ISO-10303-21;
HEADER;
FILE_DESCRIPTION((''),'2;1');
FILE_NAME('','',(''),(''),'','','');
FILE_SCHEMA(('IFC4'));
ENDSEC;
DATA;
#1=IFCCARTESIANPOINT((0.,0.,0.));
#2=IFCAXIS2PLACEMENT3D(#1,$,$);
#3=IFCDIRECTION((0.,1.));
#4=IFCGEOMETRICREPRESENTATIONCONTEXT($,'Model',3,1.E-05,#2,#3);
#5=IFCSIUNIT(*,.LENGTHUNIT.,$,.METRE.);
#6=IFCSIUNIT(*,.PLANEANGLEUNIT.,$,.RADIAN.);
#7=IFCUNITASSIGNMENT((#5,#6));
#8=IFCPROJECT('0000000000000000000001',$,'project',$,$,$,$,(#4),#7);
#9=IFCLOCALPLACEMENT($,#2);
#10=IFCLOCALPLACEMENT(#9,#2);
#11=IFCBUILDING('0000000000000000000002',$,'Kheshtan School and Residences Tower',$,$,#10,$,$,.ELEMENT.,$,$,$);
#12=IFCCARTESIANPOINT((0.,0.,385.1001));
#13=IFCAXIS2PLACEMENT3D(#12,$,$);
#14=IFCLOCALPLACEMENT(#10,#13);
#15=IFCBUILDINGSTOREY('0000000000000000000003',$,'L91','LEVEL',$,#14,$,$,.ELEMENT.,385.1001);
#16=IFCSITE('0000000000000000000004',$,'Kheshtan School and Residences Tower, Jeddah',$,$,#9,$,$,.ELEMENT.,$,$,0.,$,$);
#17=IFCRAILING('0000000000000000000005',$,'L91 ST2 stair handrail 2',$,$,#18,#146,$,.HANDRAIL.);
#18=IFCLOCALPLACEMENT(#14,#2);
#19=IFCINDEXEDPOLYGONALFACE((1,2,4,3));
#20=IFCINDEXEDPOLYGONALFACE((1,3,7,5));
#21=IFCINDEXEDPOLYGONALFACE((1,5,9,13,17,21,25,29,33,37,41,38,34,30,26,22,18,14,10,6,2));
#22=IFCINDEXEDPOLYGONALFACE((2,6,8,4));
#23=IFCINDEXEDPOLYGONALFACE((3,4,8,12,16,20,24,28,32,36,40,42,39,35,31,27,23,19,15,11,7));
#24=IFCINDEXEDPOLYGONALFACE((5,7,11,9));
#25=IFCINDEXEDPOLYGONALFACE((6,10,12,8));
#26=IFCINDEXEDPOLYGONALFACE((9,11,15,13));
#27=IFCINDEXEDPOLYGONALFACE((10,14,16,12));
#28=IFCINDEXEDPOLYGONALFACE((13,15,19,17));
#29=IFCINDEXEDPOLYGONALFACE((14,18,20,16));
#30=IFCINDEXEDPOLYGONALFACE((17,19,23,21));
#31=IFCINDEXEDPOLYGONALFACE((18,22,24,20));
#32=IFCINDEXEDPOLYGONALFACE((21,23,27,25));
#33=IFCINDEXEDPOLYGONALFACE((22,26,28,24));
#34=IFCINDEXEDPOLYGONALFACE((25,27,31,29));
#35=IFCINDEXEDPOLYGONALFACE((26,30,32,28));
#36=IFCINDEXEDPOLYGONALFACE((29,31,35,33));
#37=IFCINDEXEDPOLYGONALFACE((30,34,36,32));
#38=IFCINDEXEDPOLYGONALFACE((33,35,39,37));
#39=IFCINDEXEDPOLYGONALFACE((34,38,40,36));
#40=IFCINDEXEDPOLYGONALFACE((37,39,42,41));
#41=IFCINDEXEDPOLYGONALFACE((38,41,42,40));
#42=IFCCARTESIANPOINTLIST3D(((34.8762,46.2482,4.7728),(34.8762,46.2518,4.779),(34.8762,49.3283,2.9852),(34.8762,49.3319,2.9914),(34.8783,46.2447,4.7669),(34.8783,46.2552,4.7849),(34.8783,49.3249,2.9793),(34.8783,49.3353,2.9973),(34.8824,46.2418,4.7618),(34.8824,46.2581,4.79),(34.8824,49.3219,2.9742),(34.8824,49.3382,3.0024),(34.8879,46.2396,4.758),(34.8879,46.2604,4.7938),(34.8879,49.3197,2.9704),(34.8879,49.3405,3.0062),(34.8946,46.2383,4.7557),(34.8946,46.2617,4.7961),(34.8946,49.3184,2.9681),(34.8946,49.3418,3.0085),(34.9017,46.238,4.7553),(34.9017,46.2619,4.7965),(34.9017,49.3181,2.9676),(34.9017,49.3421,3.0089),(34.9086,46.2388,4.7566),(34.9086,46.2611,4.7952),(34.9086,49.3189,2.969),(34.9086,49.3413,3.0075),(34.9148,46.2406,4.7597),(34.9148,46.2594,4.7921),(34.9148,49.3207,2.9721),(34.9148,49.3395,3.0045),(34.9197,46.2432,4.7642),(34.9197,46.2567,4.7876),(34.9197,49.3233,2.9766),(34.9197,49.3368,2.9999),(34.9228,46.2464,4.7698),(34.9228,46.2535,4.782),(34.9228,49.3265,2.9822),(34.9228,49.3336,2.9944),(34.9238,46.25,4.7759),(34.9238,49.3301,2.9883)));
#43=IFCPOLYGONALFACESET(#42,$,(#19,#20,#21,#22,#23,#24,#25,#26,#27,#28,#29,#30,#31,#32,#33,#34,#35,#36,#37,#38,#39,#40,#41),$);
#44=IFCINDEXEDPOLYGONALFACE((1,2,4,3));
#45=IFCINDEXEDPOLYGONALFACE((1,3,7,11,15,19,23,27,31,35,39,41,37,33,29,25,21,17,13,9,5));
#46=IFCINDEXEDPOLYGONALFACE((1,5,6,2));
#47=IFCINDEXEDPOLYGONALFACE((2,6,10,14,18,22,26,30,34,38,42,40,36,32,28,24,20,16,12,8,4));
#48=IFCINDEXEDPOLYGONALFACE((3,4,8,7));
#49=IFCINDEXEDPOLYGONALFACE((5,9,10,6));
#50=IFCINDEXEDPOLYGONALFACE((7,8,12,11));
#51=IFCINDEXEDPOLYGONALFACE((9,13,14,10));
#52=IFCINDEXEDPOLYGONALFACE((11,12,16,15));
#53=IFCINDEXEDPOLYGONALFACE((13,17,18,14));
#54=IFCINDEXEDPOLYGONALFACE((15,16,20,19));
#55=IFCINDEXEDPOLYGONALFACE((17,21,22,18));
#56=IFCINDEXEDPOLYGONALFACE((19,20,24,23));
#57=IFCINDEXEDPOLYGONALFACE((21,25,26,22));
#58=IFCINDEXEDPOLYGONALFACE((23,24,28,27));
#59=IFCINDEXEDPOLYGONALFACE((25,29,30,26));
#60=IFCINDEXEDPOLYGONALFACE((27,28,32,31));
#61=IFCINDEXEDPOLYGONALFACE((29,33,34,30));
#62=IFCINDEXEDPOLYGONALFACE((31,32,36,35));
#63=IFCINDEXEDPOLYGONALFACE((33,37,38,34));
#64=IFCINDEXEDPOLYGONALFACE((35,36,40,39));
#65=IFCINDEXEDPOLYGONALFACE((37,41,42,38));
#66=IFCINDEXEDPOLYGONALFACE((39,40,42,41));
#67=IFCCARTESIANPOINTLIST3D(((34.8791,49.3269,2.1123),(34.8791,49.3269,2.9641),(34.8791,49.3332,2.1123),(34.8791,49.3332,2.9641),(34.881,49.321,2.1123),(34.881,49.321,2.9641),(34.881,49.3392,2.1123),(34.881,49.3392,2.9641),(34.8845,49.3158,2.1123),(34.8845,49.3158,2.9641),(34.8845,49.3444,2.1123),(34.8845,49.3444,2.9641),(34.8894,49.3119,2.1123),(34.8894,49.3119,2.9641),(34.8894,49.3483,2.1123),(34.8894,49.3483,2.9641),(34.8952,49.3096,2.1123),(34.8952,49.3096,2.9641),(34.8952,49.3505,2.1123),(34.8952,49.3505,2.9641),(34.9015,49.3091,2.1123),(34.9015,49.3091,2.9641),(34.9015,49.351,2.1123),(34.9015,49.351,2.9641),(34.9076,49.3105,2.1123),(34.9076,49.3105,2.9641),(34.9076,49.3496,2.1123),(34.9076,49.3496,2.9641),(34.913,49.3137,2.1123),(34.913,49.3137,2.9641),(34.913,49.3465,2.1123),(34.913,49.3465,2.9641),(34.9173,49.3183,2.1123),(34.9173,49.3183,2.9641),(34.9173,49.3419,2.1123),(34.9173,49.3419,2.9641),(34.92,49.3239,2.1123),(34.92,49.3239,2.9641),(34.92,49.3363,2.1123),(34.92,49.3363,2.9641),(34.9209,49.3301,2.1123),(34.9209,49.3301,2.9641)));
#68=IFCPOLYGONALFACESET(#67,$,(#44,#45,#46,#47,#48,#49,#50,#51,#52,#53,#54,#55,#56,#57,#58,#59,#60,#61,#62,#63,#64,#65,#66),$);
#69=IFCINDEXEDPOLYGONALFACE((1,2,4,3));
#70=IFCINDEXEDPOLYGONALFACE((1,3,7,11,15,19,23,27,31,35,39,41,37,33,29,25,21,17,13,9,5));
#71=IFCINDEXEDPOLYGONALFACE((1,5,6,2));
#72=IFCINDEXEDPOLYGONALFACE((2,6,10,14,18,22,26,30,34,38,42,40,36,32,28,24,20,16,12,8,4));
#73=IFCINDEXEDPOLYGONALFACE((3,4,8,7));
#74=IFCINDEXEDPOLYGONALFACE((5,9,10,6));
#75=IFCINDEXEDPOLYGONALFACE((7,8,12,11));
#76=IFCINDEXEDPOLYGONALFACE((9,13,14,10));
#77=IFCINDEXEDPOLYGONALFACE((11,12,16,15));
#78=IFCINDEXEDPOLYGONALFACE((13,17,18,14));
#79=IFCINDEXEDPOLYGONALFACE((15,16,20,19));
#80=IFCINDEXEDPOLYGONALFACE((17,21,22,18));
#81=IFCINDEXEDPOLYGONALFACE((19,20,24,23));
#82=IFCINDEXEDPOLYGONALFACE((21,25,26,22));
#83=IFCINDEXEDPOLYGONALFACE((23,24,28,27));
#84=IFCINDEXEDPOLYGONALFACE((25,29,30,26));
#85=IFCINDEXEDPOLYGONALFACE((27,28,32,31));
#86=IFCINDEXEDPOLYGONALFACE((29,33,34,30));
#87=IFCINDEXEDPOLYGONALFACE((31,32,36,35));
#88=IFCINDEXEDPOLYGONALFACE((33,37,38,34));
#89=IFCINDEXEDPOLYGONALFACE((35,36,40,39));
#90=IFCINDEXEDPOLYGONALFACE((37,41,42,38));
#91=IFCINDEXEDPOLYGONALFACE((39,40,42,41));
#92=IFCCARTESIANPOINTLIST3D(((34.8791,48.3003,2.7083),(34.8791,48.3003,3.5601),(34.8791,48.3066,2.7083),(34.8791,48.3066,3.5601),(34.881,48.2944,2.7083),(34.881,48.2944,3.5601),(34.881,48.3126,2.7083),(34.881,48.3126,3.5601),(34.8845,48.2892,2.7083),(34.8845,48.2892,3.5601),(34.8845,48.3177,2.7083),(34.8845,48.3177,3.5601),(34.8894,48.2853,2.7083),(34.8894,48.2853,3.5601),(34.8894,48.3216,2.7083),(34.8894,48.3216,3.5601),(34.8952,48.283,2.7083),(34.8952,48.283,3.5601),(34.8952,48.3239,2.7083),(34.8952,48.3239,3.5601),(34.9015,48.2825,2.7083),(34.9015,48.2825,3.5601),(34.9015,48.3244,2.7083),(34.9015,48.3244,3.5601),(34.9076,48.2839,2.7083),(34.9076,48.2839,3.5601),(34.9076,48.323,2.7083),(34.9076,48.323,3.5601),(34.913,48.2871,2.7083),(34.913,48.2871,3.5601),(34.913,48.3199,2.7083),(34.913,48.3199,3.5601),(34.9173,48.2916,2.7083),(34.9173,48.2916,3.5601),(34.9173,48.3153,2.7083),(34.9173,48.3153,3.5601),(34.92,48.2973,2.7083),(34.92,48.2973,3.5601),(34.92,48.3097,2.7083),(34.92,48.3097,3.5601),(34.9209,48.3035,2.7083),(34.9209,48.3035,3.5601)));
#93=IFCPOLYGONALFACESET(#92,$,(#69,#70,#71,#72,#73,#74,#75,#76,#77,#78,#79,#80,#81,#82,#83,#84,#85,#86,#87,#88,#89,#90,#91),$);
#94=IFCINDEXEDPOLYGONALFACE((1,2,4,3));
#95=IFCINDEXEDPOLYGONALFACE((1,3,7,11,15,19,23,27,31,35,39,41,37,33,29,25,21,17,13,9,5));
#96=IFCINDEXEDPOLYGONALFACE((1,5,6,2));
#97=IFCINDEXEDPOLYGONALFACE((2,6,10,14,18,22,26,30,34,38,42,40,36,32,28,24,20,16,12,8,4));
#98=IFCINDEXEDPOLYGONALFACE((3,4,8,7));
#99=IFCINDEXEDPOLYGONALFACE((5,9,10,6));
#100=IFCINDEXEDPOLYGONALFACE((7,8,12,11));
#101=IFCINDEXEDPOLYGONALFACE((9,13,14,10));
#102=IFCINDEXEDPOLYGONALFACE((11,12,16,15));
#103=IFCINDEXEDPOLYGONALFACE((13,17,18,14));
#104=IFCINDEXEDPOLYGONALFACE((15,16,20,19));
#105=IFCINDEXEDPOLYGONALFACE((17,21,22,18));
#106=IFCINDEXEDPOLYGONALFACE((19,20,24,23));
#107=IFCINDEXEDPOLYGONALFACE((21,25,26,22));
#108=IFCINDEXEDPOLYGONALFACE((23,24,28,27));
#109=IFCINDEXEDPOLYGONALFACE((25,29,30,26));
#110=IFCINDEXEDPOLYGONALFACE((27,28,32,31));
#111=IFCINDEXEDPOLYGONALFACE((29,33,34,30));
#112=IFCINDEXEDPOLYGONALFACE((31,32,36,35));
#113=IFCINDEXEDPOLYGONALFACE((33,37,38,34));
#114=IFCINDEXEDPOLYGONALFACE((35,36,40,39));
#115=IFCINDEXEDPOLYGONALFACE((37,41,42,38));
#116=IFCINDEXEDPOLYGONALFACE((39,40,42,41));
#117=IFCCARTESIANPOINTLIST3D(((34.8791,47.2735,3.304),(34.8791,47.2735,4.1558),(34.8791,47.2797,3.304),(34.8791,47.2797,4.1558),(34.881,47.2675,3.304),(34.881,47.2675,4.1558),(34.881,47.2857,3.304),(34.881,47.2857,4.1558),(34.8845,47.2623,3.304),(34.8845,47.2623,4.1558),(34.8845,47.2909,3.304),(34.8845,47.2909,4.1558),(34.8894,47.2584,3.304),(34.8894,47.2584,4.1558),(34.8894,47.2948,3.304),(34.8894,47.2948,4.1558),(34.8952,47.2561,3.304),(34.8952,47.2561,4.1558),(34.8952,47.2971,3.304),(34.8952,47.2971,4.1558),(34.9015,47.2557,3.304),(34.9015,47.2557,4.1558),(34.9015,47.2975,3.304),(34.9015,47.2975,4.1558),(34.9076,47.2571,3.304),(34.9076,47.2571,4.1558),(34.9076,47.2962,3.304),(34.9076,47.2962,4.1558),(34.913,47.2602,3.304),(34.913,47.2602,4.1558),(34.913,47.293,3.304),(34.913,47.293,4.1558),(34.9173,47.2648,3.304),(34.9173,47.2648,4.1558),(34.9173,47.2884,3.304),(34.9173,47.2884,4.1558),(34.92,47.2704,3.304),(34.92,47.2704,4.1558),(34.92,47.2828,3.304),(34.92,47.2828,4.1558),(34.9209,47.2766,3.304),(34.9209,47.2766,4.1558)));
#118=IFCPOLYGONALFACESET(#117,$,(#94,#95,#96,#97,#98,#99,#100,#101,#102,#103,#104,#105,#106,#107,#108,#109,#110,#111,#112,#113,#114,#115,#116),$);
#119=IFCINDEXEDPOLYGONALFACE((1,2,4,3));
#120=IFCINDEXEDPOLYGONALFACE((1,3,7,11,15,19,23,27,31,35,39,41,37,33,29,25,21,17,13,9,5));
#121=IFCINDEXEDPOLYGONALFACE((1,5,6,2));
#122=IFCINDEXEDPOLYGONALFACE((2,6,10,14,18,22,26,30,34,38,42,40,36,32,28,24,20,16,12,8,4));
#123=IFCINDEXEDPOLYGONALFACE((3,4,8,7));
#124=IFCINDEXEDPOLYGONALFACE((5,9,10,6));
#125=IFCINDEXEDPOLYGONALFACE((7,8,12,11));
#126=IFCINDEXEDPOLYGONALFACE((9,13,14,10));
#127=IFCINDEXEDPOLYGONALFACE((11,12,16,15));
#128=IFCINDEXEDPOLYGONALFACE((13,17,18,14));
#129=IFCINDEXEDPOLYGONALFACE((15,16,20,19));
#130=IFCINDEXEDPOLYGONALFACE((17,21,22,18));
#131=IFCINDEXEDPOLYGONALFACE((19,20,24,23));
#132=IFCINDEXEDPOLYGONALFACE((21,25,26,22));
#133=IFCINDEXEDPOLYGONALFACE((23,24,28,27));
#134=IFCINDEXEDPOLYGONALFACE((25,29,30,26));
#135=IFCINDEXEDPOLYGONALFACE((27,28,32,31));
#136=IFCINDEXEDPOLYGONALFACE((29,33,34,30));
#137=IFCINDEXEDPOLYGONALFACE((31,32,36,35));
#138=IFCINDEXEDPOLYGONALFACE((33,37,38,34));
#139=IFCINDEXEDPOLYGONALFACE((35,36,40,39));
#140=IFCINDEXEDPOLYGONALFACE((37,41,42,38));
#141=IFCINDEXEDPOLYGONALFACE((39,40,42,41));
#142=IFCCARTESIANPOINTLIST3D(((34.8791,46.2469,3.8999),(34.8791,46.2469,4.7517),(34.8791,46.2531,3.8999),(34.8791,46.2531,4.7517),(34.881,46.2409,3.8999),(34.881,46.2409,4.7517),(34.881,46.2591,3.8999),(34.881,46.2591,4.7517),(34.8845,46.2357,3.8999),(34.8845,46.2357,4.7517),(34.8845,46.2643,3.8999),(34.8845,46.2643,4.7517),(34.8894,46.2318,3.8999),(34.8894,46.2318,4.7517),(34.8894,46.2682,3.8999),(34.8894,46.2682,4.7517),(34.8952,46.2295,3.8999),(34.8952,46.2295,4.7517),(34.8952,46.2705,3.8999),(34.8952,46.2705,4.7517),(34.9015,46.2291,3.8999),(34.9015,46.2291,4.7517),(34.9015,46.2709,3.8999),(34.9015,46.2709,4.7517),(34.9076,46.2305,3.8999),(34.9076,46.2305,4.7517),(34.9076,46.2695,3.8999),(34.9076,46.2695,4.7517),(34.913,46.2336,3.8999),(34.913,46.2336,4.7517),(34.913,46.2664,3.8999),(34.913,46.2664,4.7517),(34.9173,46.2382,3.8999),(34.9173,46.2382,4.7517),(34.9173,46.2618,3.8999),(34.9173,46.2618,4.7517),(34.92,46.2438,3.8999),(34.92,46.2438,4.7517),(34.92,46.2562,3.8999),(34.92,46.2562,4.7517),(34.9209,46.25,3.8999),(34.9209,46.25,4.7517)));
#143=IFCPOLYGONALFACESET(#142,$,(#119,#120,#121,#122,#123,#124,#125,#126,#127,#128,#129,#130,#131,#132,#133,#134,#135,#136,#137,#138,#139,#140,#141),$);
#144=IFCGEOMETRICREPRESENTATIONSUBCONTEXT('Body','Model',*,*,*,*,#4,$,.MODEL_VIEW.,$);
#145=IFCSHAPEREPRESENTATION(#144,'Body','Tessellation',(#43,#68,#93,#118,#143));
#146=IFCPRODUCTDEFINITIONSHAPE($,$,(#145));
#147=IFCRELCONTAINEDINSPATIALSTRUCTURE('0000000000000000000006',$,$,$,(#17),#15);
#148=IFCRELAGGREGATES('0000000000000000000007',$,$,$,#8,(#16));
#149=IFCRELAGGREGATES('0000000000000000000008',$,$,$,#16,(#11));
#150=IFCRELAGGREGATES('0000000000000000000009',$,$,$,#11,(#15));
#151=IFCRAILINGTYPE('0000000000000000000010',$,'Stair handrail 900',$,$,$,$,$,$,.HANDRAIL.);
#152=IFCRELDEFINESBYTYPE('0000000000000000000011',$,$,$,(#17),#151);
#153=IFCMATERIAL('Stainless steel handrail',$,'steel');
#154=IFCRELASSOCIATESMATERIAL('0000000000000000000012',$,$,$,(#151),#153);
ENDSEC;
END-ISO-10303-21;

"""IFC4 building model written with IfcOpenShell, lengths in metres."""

from ifc_helpers import new_model, si_unit, direction, frame, origin, origin_2d, place, context, subcontext, project, spatial, circle, extrude, material, type_object, element, save


model = new_model("IFC4")

# Units and contexts
model_context = context("Model", 3, precision=1e-05, world=origin(), true_north=direction((0.0, 1.0)))
body_context = subcontext(model_context, "Body", "Model", "MODEL_VIEW")
ifc_project = project(units=[si_unit("LENGTHUNIT", "METRE"), si_unit("PLANEANGLEUNIT", "RADIAN")], contexts=[model_context])

# Site, building, storey
site_placement = place(None, origin())
site = spatial("IfcSite", under=ifc_project, at=site_placement, Name="Kheshtan School and Residences Tower, Jeddah", CompositionType="ELEMENT", RefElevation=0.0)
building_placement = place(site_placement, origin())
building = spatial("IfcBuilding", under=site, at=building_placement, Name="Kheshtan School and Residences Tower", CompositionType="ELEMENT")
storey_placement = place(building_placement, frame((0.0, 0.0, 385.1001)))
storey = spatial("IfcBuildingStorey", under=building, at=storey_placement, Name="L91", Description="LEVEL", CompositionType="ELEMENT", Elevation=385.1001)

# Railing
ifc_material_1 = material(Name="Stainless steel handrail", Category="steel")
railing_type_1 = type_object("IfcRailingType", Name="Stair handrail 900", PredefinedType="HANDRAIL", material=ifc_material_1)
railing_1_placement = place(storey_placement, frame((34.8999, 49.3301, 2.1123)))
element("IfcRailing", 1, at=railing_1_placement, inside=storey, type_object=railing_type_1, Name="L91 ST2 stair handrail 2", PredefinedType="HANDRAIL", context=body_context, shape_type="SweptSolid", body=[
    extrude(circle(Radius=0.0239, at=origin_2d()), frame((0.0, 0.0, 0.876), z_axis=(0.0, -0.864891, 0.50196), x_axis=(1.0, 0.0, 0.0)), (0.0, 0.0, 1.0), 3.5613),
    extrude(circle(Radius=0.021, at=origin_2d()), origin(), (0.0, 0.0, 1.0), 0.8518),
    extrude(circle(Radius=0.021, at=origin_2d()), frame((0.0, -1.0266, 0.5959)), (0.0, 0.0, 1.0), 0.8518),
    extrude(circle(Radius=0.021, at=origin_2d()), frame((0.0, -2.0535, 1.1917)), (0.0, 0.0, 1.0), 0.8518),
    extrude(circle(Radius=0.021, at=origin_2d()), frame((0.0, -3.0801, 1.7876)), (0.0, 0.0, 1.0), 0.8518),
])

save(model, "model.ifc")
